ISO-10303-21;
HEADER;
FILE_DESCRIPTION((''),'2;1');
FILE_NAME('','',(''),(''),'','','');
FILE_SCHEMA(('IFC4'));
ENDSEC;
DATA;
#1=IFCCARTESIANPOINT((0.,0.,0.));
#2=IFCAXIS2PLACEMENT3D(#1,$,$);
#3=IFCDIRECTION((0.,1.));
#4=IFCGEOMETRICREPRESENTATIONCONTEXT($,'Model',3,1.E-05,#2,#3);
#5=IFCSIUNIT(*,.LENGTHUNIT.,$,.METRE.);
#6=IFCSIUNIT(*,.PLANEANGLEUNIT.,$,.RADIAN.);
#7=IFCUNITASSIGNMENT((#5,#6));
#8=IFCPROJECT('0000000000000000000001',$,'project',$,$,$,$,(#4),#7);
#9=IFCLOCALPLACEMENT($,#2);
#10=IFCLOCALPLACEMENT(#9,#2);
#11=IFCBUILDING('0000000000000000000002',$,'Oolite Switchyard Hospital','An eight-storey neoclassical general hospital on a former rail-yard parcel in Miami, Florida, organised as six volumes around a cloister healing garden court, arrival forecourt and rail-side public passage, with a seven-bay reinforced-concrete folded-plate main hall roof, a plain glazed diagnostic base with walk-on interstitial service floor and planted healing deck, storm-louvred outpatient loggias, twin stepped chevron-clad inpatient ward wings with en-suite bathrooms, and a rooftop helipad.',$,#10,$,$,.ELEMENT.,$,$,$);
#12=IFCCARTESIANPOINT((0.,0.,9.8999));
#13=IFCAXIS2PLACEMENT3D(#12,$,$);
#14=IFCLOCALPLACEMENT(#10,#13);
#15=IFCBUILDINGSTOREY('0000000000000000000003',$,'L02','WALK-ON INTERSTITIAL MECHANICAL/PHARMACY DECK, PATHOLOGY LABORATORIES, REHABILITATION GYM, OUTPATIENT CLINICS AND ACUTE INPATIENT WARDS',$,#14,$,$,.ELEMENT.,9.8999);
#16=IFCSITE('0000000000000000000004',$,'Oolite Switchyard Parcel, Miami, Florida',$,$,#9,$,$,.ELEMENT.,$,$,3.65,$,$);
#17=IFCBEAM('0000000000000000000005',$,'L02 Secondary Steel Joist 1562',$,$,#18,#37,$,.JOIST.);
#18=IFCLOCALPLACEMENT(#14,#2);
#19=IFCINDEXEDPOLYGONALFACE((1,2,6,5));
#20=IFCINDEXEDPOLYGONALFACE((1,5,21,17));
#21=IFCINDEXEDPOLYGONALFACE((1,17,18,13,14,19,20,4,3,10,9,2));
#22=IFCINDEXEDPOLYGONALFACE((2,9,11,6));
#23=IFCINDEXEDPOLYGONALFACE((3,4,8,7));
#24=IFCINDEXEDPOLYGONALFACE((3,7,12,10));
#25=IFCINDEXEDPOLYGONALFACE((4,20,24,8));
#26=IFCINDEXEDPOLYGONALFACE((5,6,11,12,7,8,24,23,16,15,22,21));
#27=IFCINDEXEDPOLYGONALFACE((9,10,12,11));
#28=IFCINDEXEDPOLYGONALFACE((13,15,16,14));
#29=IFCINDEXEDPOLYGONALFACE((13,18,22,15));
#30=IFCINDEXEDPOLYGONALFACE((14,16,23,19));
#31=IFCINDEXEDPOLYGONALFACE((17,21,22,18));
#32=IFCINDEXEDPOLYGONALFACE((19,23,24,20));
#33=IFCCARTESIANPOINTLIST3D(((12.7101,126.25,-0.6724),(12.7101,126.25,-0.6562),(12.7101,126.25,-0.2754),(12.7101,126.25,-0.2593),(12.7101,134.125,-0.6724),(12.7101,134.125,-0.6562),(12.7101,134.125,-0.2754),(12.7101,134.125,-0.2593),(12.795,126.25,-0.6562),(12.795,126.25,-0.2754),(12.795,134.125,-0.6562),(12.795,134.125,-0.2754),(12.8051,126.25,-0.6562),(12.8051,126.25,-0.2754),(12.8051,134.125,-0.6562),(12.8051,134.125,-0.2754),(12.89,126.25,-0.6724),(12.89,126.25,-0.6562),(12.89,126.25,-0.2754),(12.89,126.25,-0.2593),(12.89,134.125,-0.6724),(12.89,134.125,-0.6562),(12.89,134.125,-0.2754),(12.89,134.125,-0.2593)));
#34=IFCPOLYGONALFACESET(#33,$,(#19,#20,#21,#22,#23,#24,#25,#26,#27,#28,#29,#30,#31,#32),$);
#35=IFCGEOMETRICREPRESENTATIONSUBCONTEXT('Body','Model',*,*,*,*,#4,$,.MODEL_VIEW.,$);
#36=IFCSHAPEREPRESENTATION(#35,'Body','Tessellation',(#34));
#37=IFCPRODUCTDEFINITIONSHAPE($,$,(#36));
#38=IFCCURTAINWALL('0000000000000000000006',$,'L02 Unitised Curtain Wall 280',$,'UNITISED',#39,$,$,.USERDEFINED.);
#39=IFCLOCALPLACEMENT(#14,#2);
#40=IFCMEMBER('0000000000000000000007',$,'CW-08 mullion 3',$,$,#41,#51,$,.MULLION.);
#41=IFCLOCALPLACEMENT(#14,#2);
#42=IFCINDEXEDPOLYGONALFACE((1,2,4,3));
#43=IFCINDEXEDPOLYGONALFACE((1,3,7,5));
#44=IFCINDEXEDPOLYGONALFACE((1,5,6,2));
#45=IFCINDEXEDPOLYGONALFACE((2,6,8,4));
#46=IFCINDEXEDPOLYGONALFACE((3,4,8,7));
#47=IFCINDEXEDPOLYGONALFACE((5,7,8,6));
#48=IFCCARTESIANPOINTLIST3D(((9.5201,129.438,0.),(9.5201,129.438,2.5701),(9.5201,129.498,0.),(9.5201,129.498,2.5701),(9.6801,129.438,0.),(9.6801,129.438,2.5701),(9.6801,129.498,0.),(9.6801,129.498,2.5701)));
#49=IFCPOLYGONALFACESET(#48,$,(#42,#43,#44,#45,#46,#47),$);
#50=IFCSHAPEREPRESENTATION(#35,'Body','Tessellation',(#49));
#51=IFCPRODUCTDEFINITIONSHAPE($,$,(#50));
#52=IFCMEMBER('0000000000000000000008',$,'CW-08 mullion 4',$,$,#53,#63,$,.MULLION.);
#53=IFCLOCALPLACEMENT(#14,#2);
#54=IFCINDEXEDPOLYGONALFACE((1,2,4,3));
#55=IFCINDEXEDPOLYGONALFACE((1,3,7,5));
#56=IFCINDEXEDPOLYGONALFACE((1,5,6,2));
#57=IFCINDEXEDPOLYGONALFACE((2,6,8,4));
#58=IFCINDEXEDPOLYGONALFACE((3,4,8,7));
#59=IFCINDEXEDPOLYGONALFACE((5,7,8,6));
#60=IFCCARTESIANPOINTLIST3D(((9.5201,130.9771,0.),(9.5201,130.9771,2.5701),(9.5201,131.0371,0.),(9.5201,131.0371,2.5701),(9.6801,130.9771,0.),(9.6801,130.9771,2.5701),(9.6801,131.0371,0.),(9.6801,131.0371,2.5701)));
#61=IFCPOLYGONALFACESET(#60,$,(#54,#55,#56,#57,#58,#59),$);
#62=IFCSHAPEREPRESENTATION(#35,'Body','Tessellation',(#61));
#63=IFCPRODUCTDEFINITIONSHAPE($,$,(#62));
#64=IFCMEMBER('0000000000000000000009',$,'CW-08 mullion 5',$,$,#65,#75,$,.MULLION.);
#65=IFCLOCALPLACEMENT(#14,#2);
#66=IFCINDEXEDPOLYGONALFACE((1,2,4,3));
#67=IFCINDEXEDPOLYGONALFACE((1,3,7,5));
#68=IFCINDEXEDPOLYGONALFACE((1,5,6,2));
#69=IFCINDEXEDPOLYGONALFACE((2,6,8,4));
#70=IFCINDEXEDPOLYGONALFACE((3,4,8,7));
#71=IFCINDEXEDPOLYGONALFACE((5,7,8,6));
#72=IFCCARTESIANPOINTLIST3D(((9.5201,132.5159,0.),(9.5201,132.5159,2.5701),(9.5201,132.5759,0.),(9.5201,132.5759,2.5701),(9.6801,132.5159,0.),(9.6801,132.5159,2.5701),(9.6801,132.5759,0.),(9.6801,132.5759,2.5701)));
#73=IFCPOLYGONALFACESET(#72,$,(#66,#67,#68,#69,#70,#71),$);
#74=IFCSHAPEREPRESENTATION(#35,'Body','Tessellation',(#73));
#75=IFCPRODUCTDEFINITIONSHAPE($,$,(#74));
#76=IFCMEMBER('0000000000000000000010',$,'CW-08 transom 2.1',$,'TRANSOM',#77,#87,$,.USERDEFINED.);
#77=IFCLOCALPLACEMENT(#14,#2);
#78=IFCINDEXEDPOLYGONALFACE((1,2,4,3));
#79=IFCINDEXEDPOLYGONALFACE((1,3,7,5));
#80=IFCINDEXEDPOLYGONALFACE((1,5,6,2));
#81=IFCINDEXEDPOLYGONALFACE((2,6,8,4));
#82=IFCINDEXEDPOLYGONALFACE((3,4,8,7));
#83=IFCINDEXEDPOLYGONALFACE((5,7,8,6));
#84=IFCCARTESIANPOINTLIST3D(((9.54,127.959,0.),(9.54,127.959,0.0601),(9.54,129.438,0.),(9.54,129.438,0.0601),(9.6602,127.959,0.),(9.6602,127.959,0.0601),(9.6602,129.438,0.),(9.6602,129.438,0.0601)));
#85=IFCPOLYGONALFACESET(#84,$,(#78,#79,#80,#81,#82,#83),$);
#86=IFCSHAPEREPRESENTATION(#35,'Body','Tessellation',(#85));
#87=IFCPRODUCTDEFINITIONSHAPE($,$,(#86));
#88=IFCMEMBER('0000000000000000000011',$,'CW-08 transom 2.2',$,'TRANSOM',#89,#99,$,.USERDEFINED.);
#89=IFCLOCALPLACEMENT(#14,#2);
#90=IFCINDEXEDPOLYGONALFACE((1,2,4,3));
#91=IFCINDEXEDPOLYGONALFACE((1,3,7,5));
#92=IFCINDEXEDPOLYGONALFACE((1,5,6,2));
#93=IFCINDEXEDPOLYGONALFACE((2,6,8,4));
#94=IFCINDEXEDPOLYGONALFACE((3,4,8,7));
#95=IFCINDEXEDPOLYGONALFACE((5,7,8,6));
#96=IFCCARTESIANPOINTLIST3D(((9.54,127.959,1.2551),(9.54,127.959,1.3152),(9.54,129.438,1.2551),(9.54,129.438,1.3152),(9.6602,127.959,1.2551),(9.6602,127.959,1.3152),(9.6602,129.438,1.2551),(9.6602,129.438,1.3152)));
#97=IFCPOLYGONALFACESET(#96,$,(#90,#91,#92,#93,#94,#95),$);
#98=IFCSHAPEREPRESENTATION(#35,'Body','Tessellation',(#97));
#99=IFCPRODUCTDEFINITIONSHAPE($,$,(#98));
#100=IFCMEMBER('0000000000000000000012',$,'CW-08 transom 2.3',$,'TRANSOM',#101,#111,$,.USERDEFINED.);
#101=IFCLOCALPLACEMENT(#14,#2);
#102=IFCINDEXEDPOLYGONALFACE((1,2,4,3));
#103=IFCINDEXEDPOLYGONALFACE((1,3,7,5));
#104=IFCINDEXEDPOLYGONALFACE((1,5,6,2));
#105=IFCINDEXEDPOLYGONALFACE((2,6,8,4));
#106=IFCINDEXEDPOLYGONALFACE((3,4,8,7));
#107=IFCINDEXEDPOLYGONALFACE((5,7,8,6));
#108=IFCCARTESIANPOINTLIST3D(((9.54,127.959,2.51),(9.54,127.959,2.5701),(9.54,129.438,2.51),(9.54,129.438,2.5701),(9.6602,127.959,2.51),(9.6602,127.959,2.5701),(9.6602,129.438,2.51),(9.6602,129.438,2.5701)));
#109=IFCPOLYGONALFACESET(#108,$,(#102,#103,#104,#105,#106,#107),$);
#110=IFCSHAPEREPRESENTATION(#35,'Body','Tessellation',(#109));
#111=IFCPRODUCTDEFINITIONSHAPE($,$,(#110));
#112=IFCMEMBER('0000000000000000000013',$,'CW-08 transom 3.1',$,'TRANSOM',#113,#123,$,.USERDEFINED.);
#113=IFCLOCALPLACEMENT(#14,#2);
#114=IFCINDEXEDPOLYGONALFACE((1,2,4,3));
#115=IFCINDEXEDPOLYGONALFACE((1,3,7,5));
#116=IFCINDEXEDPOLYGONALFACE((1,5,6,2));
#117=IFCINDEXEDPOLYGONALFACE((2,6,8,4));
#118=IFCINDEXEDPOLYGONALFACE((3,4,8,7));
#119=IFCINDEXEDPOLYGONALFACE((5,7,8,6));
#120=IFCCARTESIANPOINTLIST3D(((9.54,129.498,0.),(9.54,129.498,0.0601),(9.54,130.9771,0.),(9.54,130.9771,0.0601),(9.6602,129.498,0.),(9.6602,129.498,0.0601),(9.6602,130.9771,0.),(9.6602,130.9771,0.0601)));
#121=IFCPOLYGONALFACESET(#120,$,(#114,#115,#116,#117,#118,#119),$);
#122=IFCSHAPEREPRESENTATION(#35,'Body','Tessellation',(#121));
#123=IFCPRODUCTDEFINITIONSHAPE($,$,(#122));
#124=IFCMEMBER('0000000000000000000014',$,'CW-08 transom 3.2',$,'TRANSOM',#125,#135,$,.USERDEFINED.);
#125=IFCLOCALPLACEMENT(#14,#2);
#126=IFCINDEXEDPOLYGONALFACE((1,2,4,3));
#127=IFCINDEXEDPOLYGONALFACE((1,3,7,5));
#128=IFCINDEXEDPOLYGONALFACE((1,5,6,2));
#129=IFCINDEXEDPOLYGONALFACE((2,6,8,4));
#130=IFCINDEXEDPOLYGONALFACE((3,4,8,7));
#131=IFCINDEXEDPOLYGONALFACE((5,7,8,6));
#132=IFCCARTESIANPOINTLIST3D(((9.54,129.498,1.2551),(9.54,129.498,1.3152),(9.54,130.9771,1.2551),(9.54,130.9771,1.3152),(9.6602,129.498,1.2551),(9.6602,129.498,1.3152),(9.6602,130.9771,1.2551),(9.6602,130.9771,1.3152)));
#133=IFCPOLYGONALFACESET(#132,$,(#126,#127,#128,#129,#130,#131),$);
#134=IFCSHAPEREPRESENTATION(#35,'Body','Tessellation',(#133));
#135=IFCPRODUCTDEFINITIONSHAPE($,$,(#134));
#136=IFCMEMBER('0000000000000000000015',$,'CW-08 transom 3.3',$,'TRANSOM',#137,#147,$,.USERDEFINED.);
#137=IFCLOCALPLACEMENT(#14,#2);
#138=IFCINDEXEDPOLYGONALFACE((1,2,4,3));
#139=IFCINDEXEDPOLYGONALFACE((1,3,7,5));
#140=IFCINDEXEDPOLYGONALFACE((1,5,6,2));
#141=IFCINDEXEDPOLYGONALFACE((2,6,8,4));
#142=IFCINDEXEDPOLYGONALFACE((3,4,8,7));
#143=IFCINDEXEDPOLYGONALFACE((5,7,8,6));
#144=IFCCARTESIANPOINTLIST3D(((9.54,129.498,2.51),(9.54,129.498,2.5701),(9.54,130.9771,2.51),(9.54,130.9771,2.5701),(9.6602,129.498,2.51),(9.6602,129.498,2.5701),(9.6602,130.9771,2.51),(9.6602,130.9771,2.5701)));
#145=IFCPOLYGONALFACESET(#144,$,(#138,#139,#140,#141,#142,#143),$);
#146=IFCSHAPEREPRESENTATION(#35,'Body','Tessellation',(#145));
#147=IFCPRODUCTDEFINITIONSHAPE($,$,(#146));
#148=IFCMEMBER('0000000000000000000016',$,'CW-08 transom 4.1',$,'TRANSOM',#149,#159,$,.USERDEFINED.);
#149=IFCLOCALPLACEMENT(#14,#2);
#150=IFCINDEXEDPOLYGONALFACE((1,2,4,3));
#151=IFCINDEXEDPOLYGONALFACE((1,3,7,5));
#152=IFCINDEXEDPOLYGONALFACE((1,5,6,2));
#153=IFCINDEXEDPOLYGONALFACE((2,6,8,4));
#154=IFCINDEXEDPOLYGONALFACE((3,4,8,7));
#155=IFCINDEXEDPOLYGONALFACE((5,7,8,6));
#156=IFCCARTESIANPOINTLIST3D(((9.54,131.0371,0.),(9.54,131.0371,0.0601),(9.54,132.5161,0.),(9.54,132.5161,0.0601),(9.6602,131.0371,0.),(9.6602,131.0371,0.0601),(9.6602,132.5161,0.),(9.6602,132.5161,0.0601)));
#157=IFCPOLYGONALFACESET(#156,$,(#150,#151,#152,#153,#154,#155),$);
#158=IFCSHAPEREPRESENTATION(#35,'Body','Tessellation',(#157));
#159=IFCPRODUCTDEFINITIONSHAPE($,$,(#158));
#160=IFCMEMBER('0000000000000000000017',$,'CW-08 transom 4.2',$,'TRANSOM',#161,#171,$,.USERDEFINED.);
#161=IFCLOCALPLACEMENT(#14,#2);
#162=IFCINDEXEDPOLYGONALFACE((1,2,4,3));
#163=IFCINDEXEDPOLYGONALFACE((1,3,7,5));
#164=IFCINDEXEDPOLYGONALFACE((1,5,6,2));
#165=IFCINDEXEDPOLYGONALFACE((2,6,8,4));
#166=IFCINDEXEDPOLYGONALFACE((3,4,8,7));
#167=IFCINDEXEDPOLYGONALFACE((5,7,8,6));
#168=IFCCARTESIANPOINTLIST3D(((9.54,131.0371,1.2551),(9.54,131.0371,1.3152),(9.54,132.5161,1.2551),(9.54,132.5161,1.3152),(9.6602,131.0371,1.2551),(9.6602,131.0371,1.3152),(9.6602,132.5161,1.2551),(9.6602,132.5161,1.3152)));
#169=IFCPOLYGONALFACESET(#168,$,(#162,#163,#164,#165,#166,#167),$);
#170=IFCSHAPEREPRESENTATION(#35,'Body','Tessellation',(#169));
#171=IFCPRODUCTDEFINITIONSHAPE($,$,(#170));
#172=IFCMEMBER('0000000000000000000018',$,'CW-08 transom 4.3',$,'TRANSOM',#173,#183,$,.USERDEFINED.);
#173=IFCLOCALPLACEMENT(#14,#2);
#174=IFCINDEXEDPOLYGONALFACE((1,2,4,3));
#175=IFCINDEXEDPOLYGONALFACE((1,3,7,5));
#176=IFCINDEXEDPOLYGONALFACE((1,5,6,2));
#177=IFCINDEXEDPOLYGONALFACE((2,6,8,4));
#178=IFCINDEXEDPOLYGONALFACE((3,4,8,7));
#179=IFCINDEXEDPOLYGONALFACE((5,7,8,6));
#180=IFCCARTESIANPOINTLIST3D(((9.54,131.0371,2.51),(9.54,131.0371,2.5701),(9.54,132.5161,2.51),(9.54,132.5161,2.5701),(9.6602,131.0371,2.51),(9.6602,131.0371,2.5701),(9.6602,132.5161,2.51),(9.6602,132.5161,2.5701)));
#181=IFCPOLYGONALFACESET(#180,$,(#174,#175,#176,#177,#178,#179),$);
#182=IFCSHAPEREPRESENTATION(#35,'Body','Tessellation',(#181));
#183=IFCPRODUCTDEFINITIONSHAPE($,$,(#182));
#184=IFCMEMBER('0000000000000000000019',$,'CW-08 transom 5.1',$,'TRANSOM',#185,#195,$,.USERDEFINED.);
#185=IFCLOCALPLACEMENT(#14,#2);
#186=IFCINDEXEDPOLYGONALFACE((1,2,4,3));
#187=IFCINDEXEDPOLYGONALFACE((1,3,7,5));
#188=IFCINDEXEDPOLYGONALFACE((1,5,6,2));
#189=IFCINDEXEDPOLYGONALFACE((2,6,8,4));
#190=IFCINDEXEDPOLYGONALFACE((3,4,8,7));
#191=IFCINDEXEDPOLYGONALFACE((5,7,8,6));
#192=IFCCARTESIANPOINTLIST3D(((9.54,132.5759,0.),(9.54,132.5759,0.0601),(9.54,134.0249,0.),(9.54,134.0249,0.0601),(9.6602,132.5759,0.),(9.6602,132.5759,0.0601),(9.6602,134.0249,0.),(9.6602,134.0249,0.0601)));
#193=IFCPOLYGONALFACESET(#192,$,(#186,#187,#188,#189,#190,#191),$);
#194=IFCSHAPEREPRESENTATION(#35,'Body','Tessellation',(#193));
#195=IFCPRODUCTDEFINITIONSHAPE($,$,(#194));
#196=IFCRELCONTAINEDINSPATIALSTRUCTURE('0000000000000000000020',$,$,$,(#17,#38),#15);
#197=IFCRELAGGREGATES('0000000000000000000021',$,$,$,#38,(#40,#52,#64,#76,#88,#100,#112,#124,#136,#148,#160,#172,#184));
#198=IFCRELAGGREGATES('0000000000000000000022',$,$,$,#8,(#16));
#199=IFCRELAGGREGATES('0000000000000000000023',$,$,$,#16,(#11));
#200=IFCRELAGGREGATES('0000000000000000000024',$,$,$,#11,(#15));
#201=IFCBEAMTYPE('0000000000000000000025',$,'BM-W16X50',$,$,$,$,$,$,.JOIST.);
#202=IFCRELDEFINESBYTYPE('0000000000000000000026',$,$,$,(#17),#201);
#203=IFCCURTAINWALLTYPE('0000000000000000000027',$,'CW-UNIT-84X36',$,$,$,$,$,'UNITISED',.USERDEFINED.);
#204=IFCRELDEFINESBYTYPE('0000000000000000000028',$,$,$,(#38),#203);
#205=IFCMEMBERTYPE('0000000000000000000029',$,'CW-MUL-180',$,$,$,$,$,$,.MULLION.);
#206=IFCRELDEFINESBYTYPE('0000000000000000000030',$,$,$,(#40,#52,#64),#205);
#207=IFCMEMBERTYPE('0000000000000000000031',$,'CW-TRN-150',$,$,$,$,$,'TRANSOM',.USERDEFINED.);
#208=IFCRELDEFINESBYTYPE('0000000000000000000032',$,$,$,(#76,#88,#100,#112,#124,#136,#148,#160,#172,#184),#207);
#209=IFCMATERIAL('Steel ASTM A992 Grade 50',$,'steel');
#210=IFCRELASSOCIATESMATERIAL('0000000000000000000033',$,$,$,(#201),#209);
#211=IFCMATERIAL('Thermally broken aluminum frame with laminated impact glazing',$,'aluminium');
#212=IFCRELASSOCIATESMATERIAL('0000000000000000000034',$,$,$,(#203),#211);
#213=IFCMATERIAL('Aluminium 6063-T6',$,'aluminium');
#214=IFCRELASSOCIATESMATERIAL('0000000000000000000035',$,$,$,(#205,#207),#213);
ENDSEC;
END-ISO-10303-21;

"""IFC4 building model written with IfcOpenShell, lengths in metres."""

from ifc_helpers import new_model, si_unit, direction, frame, origin, origin_2d, place, context, subcontext, project, spatial, rectangle, i_section, extrude, material, material_profile, profile_set, type_object, element, aggregate, save


model = new_model("IFC4")

# Units and contexts
model_context = context("Model", 3, precision=1e-05, world=origin(), true_north=direction((0.0, 1.0)))
body_context = subcontext(model_context, "Body", "Model", "MODEL_VIEW")
ifc_project = project(units=[si_unit("LENGTHUNIT", "METRE"), si_unit("PLANEANGLEUNIT", "RADIAN")], contexts=[model_context])

# Site, building, storey
site_placement = place(None, origin())
site = spatial("IfcSite", under=ifc_project, at=site_placement, Name="Oolite Switchyard Parcel, Miami, Florida", CompositionType="ELEMENT", RefElevation=3.65)
building_placement = place(site_placement, origin())
building = spatial("IfcBuilding", under=site, at=building_placement, Name="Oolite Switchyard Hospital", Description="An eight-storey neoclassical general hospital on a former rail-yard parcel in Miami, Florida, organised as six volumes around a cloister healing garden court, arrival forecourt and rail-side public passage, with a seven-bay reinforced-concrete folded-plate main hall roof, a plain glazed diagnostic base with walk-on interstitial service floor and planted healing deck, storm-louvred outpatient loggias, twin stepped chevron-clad inpatient ward wings with en-suite bathrooms, and a rooftop helipad.", CompositionType="ELEMENT")
storey_placement = place(building_placement, frame((0.0, 0.0, 9.8999)))
storey = spatial("IfcBuildingStorey", under=building, at=storey_placement, Name="L02", Description="WALK-ON INTERSTITIAL MECHANICAL/PHARMACY DECK, PATHOLOGY LABORATORIES, REHABILITATION GYM, OUTPATIENT CLINICS AND ACUTE INPATIENT WARDS", CompositionType="ELEMENT", Elevation=9.8999)

# Beam
ifc_material_1 = material(Name="Steel ASTM A992 Grade 50", Category="steel")
ifc_material_profile_1 = material_profile(ifc_material_1, i_section(OverallWidth=0.1799, OverallDepth=0.4131, WebThickness=0.01, FlangeThickness=0.0161, at=origin_2d()), Name="W16X50")
ifc_profile_set_1 = profile_set([ifc_material_profile_1], Name="Steel ASTM A992 Grade 50")
beam_type = type_object("IfcBeamType", Name="BM-W16X50", PredefinedType="JOIST", material=ifc_profile_set_1)
beam_placement = place(storey_placement, frame((12.8, 126.25, -0.4658), z_axis=(0.0, 1.0, 0.0), x_axis=(-1.0, 0.0, 0.0)))
element("IfcBeam", 1, at=beam_placement, inside=storey, type_object=beam_type, Name="L02 Secondary Steel Joist 1562", PredefinedType="JOIST", context=body_context, shape_type="SweptSolid", body=[
    extrude(i_section(OverallWidth=0.1799, OverallDepth=0.4131, WebThickness=0.01, FlangeThickness=0.0161, at=origin_2d()), origin(), (0.0, 0.0, 1.0), 7.875),
])

# Curtain wall, members
ifc_material_2 = material(Name="Thermally broken aluminum frame with laminated impact glazing", Category="aluminium")
curtain_wall_type = type_object("IfcCurtainWallType", Name="CW-UNIT-84X36", ElementType="UNITISED", PredefinedType="USERDEFINED", material=ifc_material_2)
curtain_wall_placement = place(storey_placement, origin())
curtain_wall = element("IfcCurtainWall", 2, at=curtain_wall_placement, inside=storey, type_object=curtain_wall_type, Name="L02 Unitised Curtain Wall 280", ObjectType="UNITISED", PredefinedType="USERDEFINED")
ifc_material_3 = material(Name="Aluminium 6063-T6", Category="aluminium")
ifc_material_profile_2 = material_profile(ifc_material_3, rectangle(XDim=0.1599, YDim=0.0601, at=origin_2d()), Name="CWM60X160")
ifc_profile_set_2 = profile_set([ifc_material_profile_2], Name="Aluminium 6063-T6")
member_type_1 = type_object("IfcMemberType", Name="CW-MUL-180", PredefinedType="MULLION", material=ifc_profile_set_2)
member_1_placement = place(storey_placement, frame((9.6001, 129.468, 0.0), z_axis=(0.0, 0.0, 1.0), x_axis=(-1.0, 0.0, 0.0)))
member_1 = element("IfcMember", 3, at=member_1_placement, type_object=member_type_1, Name="CW-08 mullion 3", PredefinedType="MULLION", context=body_context, shape_type="SweptSolid", body=[
    extrude(rectangle(XDim=0.1599, YDim=0.0601, at=origin_2d()), origin(), (0.0, 0.0, 1.0), 2.5701),
])
member_2_placement = place(storey_placement, frame((9.6001, 131.0071, 0.0), z_axis=(0.0, 0.0, 1.0), x_axis=(-1.0, 0.0, 0.0)))
member_2 = element("IfcMember", 4, at=member_2_placement, type_object=member_type_1, Name="CW-08 mullion 4", PredefinedType="MULLION", context=body_context, shape_type="SweptSolid", body=[
    extrude(rectangle(XDim=0.1599, YDim=0.0601, at=origin_2d()), origin(), (0.0, 0.0, 1.0), 2.5701),
])
member_3_placement = place(storey_placement, frame((9.6001, 132.5459, 0.0), z_axis=(0.0, 0.0, 1.0), x_axis=(-1.0, 0.0, 0.0)))
member_3 = element("IfcMember", 5, at=member_3_placement, type_object=member_type_1, Name="CW-08 mullion 5", PredefinedType="MULLION", context=body_context, shape_type="SweptSolid", body=[
    extrude(rectangle(XDim=0.1599, YDim=0.0601, at=origin_2d()), origin(), (0.0, 0.0, 1.0), 2.5701),
])
ifc_material_profile_3 = material_profile(ifc_material_3, rectangle(XDim=0.1201, YDim=0.0601, at=origin_2d()), Name="CWT60X120")
ifc_profile_set_3 = profile_set([ifc_material_profile_3], Name="Aluminium 6063-T6")
member_type_2 = type_object("IfcMemberType", Name="CW-TRN-150", ElementType="TRANSOM", PredefinedType="USERDEFINED", material=ifc_profile_set_3)
member_4_placement = place(storey_placement, frame((9.6001, 127.959, 0.03), z_axis=(0.0, 1.0, 0.0), x_axis=(-1.0, 0.0, 0.0)))
member_4 = element("IfcMember", 6, at=member_4_placement, type_object=member_type_2, Name="CW-08 transom 2.1", ObjectType="TRANSOM", PredefinedType="USERDEFINED", context=body_context, shape_type="SweptSolid", body=[
    extrude(rectangle(XDim=0.1201, YDim=0.0601, at=origin_2d()), origin(), (0.0, 0.0, 1.0), 1.479),
])
member_5_placement = place(storey_placement, frame((9.6001, 127.959, 1.2852), z_axis=(0.0, 1.0, 0.0), x_axis=(-1.0, 0.0, 0.0)))
member_5 = element("IfcMember", 7, at=member_5_placement, type_object=member_type_2, Name="CW-08 transom 2.2", ObjectType="TRANSOM", PredefinedType="USERDEFINED", context=body_context, shape_type="SweptSolid", body=[
    extrude(rectangle(XDim=0.1201, YDim=0.0601, at=origin_2d()), origin(), (0.0, 0.0, 1.0), 1.479),
])
member_6_placement = place(storey_placement, frame((9.6001, 127.959, 2.54), z_axis=(0.0, 1.0, 0.0), x_axis=(-1.0, 0.0, 0.0)))
member_6 = element("IfcMember", 8, at=member_6_placement, type_object=member_type_2, Name="CW-08 transom 2.3", ObjectType="TRANSOM", PredefinedType="USERDEFINED", context=body_context, shape_type="SweptSolid", body=[
    extrude(rectangle(XDim=0.1201, YDim=0.0601, at=origin_2d()), origin(), (0.0, 0.0, 1.0), 1.479),
])
member_7_placement = place(storey_placement, frame((9.6001, 129.498, 0.03), z_axis=(0.0, 1.0, 0.0), x_axis=(-1.0, 0.0, 0.0)))
member_7 = element("IfcMember", 9, at=member_7_placement, type_object=member_type_2, Name="CW-08 transom 3.1", ObjectType="TRANSOM", PredefinedType="USERDEFINED", context=body_context, shape_type="SweptSolid", body=[
    extrude(rectangle(XDim=0.1201, YDim=0.0601, at=origin_2d()), origin(), (0.0, 0.0, 1.0), 1.479),
])
member_8_placement = place(storey_placement, frame((9.6001, 129.498, 1.2852), z_axis=(0.0, 1.0, 0.0), x_axis=(-1.0, 0.0, 0.0)))
member_8 = element("IfcMember", 10, at=member_8_placement, type_object=member_type_2, Name="CW-08 transom 3.2", ObjectType="TRANSOM", PredefinedType="USERDEFINED", context=body_context, shape_type="SweptSolid", body=[
    extrude(rectangle(XDim=0.1201, YDim=0.0601, at=origin_2d()), origin(), (0.0, 0.0, 1.0), 1.479),
])
member_9_placement = place(storey_placement, frame((9.6001, 129.498, 2.54), z_axis=(0.0, 1.0, 0.0), x_axis=(-1.0, 0.0, 0.0)))
member_9 = element("IfcMember", 11, at=member_9_placement, type_object=member_type_2, Name="CW-08 transom 3.3", ObjectType="TRANSOM", PredefinedType="USERDEFINED", context=body_context, shape_type="SweptSolid", body=[
    extrude(rectangle(XDim=0.1201, YDim=0.0601, at=origin_2d()), origin(), (0.0, 0.0, 1.0), 1.479),
])
member_10_placement = place(storey_placement, frame((9.6001, 131.0371, 0.03), z_axis=(0.0, 1.0, 0.0), x_axis=(-1.0, 0.0, 0.0)))
member_10 = element("IfcMember", 12, at=member_10_placement, type_object=member_type_2, Name="CW-08 transom 4.1", ObjectType="TRANSOM", PredefinedType="USERDEFINED", context=body_context, shape_type="SweptSolid", body=[
    extrude(rectangle(XDim=0.1201, YDim=0.0601, at=origin_2d()), origin(), (0.0, 0.0, 1.0), 1.479),
])
member_11_placement = place(storey_placement, frame((9.6001, 131.0371, 1.2852), z_axis=(0.0, 1.0, 0.0), x_axis=(-1.0, 0.0, 0.0)))
member_11 = element("IfcMember", 13, at=member_11_placement, type_object=member_type_2, Name="CW-08 transom 4.2", ObjectType="TRANSOM", PredefinedType="USERDEFINED", context=body_context, shape_type="SweptSolid", body=[
    extrude(rectangle(XDim=0.1201, YDim=0.0601, at=origin_2d()), origin(), (0.0, 0.0, 1.0), 1.479),
])
member_12_placement = place(storey_placement, frame((9.6001, 131.0371, 2.54), z_axis=(0.0, 1.0, 0.0), x_axis=(-1.0, 0.0, 0.0)))
member_12 = element("IfcMember", 14, at=member_12_placement, type_object=member_type_2, Name="CW-08 transom 4.3", ObjectType="TRANSOM", PredefinedType="USERDEFINED", context=body_context, shape_type="SweptSolid", body=[
    extrude(rectangle(XDim=0.1201, YDim=0.0601, at=origin_2d()), origin(), (0.0, 0.0, 1.0), 1.479),
])
member_13_placement = place(storey_placement, frame((9.6001, 132.5759, 0.03), z_axis=(0.0, 1.0, 0.0), x_axis=(-1.0, 0.0, 0.0)))
member_13 = element("IfcMember", 15, at=member_13_placement, type_object=member_type_2, Name="CW-08 transom 5.1", ObjectType="TRANSOM", PredefinedType="USERDEFINED", context=body_context, shape_type="SweptSolid", body=[
    extrude(rectangle(XDim=0.1201, YDim=0.0601, at=origin_2d()), origin(), (0.0, 0.0, 1.0), 1.449),
])
aggregate(curtain_wall, [member_1, member_2, member_3, member_4, member_5, member_6, member_7, member_8, member_9, member_10, member_11, member_12, member_13])

save(model, "model.ifc")
